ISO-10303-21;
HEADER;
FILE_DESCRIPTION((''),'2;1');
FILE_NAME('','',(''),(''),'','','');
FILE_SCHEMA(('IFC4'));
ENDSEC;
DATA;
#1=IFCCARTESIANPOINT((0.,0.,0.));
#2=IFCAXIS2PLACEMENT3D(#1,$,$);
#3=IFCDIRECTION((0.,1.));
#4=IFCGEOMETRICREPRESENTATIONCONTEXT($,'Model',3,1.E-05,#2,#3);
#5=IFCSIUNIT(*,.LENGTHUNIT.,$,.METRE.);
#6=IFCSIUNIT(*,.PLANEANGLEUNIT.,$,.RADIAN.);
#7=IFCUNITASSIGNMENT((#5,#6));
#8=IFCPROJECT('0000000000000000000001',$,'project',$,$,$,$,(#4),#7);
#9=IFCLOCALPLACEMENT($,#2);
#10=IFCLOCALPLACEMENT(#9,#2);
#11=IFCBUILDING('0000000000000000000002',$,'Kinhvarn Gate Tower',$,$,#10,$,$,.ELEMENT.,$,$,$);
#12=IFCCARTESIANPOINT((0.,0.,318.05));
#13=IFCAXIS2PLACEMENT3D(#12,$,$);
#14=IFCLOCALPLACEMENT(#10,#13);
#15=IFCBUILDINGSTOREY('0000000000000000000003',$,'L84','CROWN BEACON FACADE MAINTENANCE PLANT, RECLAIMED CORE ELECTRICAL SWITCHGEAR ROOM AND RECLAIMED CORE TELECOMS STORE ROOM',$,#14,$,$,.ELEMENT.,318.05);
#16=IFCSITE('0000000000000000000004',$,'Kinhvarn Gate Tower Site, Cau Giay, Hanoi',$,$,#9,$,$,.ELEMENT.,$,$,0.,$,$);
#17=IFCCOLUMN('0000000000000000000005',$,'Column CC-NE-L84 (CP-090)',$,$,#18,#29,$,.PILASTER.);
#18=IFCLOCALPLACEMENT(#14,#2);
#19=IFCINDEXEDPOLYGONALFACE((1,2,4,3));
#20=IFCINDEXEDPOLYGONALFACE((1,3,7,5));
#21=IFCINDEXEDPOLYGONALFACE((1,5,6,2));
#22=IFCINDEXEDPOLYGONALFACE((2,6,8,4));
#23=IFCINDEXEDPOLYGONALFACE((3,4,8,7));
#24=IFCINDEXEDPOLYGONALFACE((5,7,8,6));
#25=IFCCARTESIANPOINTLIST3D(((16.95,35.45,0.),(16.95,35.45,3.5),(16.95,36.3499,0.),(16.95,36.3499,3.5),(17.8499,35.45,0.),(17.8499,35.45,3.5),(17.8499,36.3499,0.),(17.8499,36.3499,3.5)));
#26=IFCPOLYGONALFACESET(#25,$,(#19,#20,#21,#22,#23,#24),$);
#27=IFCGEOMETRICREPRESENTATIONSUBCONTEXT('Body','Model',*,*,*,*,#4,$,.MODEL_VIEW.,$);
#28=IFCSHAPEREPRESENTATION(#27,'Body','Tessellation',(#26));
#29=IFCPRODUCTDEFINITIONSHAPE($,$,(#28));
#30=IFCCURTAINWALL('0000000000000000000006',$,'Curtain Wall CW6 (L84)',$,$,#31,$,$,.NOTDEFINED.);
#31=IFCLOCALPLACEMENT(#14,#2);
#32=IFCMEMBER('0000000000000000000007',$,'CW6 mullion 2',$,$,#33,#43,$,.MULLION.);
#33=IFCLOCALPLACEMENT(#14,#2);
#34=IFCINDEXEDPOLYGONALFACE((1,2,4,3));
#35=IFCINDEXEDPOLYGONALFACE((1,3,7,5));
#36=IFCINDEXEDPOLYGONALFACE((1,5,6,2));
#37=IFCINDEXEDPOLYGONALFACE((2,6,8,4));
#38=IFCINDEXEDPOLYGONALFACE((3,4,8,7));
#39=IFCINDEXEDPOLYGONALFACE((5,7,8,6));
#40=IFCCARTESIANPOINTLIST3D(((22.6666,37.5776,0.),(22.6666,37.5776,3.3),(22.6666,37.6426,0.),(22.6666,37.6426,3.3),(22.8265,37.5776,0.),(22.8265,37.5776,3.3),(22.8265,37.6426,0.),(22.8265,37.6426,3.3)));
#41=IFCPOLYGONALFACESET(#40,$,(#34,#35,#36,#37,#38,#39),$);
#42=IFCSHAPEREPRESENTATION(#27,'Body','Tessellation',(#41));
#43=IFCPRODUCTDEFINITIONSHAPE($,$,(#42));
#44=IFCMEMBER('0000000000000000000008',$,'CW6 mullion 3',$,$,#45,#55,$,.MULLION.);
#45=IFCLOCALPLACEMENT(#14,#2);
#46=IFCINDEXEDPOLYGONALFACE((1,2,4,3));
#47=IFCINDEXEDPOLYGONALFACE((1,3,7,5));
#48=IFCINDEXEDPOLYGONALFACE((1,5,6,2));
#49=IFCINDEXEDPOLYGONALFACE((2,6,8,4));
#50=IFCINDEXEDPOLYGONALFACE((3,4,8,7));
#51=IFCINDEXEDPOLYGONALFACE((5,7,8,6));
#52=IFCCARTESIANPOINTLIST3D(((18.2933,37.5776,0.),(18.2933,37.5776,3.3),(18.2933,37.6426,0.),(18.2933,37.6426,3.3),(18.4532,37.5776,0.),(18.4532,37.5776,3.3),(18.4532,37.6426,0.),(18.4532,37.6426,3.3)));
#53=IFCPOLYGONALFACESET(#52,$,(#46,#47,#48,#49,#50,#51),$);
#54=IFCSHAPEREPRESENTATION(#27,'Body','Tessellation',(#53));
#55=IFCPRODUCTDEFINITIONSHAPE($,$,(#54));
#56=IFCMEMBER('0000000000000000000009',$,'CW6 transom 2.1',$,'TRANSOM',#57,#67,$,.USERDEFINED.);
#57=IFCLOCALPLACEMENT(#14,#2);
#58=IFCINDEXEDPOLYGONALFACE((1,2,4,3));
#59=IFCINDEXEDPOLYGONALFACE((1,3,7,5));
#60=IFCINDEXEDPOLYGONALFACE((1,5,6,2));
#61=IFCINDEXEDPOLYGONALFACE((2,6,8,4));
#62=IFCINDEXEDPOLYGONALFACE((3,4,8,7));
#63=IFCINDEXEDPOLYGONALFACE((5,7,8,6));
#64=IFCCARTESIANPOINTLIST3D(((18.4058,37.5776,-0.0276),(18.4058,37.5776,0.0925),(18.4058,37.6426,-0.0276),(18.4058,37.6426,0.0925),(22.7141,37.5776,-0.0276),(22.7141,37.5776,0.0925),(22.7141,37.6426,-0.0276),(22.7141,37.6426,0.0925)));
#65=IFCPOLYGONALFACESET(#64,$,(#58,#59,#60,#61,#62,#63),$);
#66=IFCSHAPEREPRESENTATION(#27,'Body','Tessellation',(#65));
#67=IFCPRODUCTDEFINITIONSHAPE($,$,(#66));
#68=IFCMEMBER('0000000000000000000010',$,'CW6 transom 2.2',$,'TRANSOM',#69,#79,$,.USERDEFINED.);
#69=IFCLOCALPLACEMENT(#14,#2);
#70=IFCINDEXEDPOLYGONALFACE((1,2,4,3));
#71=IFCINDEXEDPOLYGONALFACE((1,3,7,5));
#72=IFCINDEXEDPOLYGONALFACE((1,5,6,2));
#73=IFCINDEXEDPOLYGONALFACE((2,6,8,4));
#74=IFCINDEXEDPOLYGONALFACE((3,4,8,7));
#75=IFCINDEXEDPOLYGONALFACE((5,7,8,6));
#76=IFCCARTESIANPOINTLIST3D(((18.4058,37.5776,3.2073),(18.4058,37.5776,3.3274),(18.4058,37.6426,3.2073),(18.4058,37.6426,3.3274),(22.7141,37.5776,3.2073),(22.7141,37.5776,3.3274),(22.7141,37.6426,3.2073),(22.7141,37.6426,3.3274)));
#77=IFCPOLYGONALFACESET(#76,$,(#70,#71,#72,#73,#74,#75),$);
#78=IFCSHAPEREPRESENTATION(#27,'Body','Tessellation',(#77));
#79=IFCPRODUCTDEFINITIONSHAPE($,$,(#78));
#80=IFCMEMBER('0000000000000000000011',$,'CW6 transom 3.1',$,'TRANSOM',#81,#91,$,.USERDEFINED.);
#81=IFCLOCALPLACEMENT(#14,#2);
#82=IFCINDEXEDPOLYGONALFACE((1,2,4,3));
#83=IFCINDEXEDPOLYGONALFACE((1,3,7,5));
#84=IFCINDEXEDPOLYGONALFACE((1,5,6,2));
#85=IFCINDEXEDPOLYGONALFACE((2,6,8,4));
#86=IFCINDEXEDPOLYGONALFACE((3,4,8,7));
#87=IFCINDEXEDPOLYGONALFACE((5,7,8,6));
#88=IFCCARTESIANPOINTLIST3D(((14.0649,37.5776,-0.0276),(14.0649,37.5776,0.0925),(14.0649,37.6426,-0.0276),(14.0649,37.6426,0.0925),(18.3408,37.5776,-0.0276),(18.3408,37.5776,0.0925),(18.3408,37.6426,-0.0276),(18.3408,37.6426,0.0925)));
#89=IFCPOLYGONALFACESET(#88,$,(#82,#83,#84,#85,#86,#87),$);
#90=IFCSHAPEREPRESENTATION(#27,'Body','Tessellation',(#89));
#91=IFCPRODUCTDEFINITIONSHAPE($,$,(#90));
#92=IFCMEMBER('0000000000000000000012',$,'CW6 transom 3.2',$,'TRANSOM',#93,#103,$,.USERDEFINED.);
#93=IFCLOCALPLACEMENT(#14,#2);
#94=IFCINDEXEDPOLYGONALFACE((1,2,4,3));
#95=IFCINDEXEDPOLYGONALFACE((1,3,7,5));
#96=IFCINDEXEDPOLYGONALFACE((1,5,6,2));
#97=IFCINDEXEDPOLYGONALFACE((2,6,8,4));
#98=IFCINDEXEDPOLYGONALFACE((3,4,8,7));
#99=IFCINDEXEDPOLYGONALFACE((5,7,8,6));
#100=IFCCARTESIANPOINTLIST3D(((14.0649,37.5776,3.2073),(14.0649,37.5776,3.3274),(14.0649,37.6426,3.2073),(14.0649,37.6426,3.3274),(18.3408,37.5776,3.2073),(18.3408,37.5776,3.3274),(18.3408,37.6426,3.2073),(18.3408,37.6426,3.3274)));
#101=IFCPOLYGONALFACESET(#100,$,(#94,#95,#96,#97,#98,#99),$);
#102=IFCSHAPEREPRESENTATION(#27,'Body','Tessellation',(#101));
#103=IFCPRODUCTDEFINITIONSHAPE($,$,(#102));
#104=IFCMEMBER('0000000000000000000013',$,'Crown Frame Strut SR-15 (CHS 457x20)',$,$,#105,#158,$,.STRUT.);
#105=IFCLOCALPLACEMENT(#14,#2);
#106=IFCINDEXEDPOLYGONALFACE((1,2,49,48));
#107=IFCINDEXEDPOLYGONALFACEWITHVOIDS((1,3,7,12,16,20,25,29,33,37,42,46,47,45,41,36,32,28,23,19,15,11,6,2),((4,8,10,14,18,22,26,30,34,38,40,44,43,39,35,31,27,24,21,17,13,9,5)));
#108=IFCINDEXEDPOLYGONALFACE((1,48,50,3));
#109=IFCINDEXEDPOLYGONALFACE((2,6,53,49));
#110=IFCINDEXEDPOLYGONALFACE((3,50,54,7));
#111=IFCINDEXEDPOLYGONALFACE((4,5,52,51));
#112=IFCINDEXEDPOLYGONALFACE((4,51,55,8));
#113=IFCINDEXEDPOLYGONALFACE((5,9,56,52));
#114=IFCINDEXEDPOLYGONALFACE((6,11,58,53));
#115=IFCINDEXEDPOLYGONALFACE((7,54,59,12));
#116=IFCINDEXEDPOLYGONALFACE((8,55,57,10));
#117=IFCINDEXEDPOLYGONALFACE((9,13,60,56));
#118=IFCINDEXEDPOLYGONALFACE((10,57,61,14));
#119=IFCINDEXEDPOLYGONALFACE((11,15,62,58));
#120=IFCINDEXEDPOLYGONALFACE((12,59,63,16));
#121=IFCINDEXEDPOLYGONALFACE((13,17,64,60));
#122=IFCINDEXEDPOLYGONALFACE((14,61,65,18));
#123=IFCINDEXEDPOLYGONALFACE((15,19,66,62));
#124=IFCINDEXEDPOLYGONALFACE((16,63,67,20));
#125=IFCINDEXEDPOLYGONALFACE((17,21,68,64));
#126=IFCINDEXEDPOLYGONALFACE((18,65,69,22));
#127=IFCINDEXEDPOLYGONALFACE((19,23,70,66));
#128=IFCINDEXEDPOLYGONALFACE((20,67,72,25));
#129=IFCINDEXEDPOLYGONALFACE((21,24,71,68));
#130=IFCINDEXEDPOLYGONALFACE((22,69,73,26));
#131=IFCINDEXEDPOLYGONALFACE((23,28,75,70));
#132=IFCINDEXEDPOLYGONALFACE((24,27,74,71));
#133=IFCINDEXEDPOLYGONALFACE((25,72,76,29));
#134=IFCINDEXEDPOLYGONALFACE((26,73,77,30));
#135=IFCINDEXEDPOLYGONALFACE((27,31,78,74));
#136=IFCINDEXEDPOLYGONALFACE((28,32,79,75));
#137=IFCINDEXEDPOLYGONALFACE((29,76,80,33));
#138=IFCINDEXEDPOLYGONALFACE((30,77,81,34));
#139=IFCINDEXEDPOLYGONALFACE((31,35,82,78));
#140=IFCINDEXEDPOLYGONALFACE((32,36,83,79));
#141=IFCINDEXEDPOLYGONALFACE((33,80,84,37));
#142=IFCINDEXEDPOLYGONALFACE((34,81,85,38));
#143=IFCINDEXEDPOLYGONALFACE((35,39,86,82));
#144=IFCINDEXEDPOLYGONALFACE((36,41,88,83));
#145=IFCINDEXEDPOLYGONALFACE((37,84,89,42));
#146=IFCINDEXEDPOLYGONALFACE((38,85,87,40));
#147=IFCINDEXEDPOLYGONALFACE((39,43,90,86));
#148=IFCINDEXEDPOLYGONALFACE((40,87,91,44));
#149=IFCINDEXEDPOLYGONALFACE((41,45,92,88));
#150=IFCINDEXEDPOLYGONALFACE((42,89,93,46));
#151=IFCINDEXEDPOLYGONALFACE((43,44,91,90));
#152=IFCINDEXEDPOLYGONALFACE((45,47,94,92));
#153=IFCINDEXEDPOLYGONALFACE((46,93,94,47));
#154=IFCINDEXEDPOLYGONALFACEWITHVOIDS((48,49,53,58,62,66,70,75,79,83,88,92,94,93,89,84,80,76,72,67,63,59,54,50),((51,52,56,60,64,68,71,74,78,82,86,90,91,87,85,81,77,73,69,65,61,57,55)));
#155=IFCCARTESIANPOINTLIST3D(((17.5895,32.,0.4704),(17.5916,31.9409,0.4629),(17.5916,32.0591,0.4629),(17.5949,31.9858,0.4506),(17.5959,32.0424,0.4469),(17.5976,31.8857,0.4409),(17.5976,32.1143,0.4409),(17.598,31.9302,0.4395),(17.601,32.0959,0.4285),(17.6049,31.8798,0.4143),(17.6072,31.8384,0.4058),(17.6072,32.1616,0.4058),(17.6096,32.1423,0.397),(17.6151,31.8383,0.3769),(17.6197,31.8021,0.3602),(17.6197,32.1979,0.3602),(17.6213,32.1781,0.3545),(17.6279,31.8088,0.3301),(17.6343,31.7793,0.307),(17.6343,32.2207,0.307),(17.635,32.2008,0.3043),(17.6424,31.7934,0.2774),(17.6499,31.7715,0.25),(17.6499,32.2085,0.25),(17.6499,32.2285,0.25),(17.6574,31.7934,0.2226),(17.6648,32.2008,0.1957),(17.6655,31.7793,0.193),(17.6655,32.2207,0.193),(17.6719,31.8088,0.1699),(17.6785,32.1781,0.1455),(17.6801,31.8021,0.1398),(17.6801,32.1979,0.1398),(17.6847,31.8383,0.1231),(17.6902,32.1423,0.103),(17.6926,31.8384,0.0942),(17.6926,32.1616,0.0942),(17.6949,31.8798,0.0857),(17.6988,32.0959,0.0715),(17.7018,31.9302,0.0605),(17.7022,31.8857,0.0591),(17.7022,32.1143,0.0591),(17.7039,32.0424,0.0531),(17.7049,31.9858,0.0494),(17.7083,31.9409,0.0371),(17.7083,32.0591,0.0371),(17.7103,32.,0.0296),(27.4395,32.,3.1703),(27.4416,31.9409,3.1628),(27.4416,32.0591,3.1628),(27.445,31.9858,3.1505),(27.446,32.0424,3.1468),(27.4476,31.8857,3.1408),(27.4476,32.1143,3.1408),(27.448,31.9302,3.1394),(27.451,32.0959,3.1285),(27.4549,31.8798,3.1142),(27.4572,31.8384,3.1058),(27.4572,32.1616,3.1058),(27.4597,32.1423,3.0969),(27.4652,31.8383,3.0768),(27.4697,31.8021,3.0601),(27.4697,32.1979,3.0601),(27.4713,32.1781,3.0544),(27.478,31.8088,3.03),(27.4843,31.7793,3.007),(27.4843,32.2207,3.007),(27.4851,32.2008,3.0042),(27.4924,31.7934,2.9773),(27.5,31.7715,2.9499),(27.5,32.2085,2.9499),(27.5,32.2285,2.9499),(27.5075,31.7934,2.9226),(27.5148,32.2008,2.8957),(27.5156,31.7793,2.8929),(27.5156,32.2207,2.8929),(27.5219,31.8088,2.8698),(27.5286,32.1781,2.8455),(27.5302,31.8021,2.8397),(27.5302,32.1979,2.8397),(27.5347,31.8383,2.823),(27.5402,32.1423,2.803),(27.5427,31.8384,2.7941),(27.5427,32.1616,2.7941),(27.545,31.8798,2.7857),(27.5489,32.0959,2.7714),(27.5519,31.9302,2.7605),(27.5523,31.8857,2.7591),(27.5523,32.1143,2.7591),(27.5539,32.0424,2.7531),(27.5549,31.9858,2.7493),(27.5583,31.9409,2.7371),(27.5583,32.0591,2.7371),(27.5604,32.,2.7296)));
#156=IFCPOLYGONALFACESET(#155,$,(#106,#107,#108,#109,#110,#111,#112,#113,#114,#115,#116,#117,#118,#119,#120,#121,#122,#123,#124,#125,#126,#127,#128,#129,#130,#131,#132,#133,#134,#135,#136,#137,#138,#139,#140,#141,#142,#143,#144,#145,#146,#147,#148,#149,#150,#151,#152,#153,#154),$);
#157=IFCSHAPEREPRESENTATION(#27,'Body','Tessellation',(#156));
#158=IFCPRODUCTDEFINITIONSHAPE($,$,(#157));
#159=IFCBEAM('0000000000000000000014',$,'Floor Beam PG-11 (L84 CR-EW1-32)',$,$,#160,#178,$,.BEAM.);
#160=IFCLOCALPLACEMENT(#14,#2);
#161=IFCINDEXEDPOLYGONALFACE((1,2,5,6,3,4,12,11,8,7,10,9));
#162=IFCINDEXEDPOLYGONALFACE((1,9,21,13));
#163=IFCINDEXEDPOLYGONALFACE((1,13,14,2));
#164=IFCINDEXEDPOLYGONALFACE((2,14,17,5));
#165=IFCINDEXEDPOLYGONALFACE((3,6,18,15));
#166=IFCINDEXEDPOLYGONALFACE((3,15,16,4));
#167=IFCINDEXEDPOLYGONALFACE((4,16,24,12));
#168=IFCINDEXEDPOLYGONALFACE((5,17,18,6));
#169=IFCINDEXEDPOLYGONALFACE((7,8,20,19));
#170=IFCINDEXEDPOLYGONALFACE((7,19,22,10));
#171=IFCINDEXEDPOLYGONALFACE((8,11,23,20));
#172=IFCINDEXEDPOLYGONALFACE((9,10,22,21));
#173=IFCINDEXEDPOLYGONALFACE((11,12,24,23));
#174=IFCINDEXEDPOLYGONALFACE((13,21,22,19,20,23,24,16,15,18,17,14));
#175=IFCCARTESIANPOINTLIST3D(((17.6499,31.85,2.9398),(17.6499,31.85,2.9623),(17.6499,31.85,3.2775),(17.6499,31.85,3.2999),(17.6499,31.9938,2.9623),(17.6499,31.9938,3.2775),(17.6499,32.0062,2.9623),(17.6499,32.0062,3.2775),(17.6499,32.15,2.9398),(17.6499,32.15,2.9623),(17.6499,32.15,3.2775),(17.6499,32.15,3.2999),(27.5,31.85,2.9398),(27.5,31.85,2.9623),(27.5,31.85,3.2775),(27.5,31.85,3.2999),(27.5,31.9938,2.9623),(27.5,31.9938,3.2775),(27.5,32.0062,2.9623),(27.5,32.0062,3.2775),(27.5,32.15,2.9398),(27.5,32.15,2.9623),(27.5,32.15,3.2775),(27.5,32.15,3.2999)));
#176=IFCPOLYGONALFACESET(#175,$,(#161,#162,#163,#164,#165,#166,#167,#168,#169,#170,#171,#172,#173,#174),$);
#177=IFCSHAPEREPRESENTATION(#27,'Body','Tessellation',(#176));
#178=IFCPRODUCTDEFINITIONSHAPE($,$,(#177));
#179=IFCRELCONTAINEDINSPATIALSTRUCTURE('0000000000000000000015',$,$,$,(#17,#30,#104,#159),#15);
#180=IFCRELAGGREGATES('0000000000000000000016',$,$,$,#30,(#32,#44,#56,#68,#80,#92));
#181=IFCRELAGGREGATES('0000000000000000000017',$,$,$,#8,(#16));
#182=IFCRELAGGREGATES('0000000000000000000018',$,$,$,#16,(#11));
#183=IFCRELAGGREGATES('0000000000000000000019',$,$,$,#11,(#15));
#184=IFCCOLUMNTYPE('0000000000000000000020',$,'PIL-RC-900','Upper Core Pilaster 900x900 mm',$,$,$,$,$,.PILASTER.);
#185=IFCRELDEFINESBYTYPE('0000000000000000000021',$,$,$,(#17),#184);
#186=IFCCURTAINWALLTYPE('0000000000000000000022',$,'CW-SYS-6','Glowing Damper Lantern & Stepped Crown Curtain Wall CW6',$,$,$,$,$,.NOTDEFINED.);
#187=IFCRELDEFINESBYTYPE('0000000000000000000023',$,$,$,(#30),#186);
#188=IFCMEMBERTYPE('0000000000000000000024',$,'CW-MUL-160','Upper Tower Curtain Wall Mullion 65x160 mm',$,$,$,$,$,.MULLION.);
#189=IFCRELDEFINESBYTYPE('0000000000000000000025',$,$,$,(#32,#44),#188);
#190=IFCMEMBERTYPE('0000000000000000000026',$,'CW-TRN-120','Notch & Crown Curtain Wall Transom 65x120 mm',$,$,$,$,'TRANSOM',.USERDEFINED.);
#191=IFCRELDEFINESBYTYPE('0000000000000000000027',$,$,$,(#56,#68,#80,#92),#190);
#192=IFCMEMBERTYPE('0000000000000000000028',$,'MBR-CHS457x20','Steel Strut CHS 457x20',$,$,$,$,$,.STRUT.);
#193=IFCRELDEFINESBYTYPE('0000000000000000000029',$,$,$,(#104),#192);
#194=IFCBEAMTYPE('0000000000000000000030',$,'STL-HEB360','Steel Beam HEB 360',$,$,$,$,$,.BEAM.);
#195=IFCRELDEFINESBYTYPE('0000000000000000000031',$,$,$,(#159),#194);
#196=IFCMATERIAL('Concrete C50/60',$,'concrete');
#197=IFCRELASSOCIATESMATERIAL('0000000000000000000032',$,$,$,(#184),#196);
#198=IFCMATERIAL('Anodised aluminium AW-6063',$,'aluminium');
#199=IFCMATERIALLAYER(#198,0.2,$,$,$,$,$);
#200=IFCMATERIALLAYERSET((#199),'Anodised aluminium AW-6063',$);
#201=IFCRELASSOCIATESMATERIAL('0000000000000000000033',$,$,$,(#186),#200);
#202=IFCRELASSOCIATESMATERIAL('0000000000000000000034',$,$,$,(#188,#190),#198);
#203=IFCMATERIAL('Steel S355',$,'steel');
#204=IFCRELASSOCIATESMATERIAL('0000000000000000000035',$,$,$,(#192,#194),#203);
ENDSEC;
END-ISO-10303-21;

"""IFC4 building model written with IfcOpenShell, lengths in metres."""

from ifc_helpers import new_model, si_unit, direction, frame, origin, origin_2d, place, context, subcontext, project, spatial, rectangle, hollow_circle, i_section, extrude, material, layer, layer_set, material_profile, profile_set, type_object, element, aggregate, save


model = new_model("IFC4")

# Units and contexts
model_context = context("Model", 3, precision=1e-05, world=origin(), true_north=direction((0.0, 1.0)))
body_context = subcontext(model_context, "Body", "Model", "MODEL_VIEW")
ifc_project = project(units=[si_unit("LENGTHUNIT", "METRE"), si_unit("PLANEANGLEUNIT", "RADIAN")], contexts=[model_context])

# Site, building, storey
site_placement = place(None, origin())
site = spatial("IfcSite", under=ifc_project, at=site_placement, Name="Kinhvarn Gate Tower Site, Cau Giay, Hanoi", CompositionType="ELEMENT", RefElevation=0.0)
building_placement = place(site_placement, origin())
building = spatial("IfcBuilding", under=site, at=building_placement, Name="Kinhvarn Gate Tower", CompositionType="ELEMENT")
storey_placement = place(building_placement, frame((0.0, 0.0, 318.05)))
storey = spatial("IfcBuildingStorey", under=building, at=storey_placement, Name="L84", Description="CROWN BEACON FACADE MAINTENANCE PLANT, RECLAIMED CORE ELECTRICAL SWITCHGEAR ROOM AND RECLAIMED CORE TELECOMS STORE ROOM", CompositionType="ELEMENT", Elevation=318.05)

# Column
ifc_material_1 = material(Name="Concrete C50/60", Category="concrete")
ifc_material_profile_1 = material_profile(ifc_material_1, rectangle(XDim=0.8999, YDim=0.8999, at=origin_2d()), Name="RC 900x900")
ifc_profile_set_1 = profile_set([ifc_material_profile_1], Name="Concrete C50/60")
column_type = type_object("IfcColumnType", Name="PIL-RC-900", Description="Upper Core Pilaster 900x900 mm", PredefinedType="PILASTER", material=ifc_profile_set_1)
column_placement = place(storey_placement, frame((17.3999, 35.8999, 0.0), z_axis=(0.0, 0.0, 1.0), x_axis=(1.0, 0.0, 0.0)))
element("IfcColumn", 1, at=column_placement, inside=storey, type_object=column_type, Name="Column CC-NE-L84 (CP-090)", PredefinedType="PILASTER", context=body_context, shape_type="SweptSolid", body=[
    extrude(rectangle(XDim=0.8999, YDim=0.8999, at=origin_2d()), origin(), (0.0, 0.0, 1.0), 3.5),
])

# Curtain wall, members
ifc_material_2 = material(Name="Anodised aluminium AW-6063", Category="aluminium")
ifc_layer_1 = layer(ifc_material_2, 0.2)
ifc_layer_set_1 = layer_set([ifc_layer_1], Name="Anodised aluminium AW-6063")
curtain_wall_type = type_object("IfcCurtainWallType", Name="CW-SYS-6", Description="Glowing Damper Lantern & Stepped Crown Curtain Wall CW6", PredefinedType="NOTDEFINED", material=ifc_layer_set_1)
curtain_wall_placement = place(storey_placement, origin())
curtain_wall = element("IfcCurtainWall", 2, at=curtain_wall_placement, inside=storey, type_object=curtain_wall_type, Name="Curtain Wall CW6 (L84)", PredefinedType="NOTDEFINED")
ifc_material_profile_2 = material_profile(ifc_material_2, rectangle(XDim=0.0649, YDim=0.1599, at=origin_2d()), Name="ALU 65x160")
ifc_profile_set_2 = profile_set([ifc_material_profile_2], Name="Anodised aluminium AW-6063")
member_type_1 = type_object("IfcMemberType", Name="CW-MUL-160", Description="Upper Tower Curtain Wall Mullion 65x160 mm", PredefinedType="MULLION", material=ifc_profile_set_2)
member_1_placement = place(storey_placement, frame((22.7466, 37.6101, 0.0), z_axis=(0.0, 0.0, 1.0), x_axis=(0.0, -1.0, 0.0)))
member_1 = element("IfcMember", 3, at=member_1_placement, type_object=member_type_1, Name="CW6 mullion 2", PredefinedType="MULLION", context=body_context, shape_type="SweptSolid", body=[
    extrude(rectangle(XDim=0.0649, YDim=0.1599, at=origin_2d()), origin(), (0.0, 0.0, 1.0), 3.3),
])
member_2_placement = place(storey_placement, frame((18.3733, 37.6101, 0.0), z_axis=(0.0, 0.0, 1.0), x_axis=(0.0, -1.0, 0.0)))
member_2 = element("IfcMember", 4, at=member_2_placement, type_object=member_type_1, Name="CW6 mullion 3", PredefinedType="MULLION", context=body_context, shape_type="SweptSolid", body=[
    extrude(rectangle(XDim=0.0649, YDim=0.1599, at=origin_2d()), origin(), (0.0, 0.0, 1.0), 3.3),
])
ifc_material_profile_3 = material_profile(ifc_material_2, rectangle(XDim=0.0649, YDim=0.1201, at=origin_2d()), Name="ALU 65x120")
ifc_profile_set_3 = profile_set([ifc_material_profile_3], Name="Anodised aluminium AW-6063")
member_type_2 = type_object("IfcMemberType", Name="CW-TRN-120", Description="Notch & Crown Curtain Wall Transom 65x120 mm", ElementType="TRANSOM", PredefinedType="USERDEFINED", material=ifc_profile_set_3)
member_3_placement = place(storey_placement, frame((22.7141, 37.6101, 0.0325), z_axis=(-1.0, 0.0, 0.0), x_axis=(0.0, -1.0, 0.0)))
member_3 = element("IfcMember", 5, at=member_3_placement, type_object=member_type_2, Name="CW6 transom 2.1", ObjectType="TRANSOM", PredefinedType="USERDEFINED", context=body_context, shape_type="SweptSolid", body=[
    extrude(rectangle(XDim=0.0649, YDim=0.1201, at=origin_2d()), origin(), (0.0, 0.0, 1.0), 4.3083),
])
member_4_placement = place(storey_placement, frame((22.7141, 37.6101, 3.2673), z_axis=(-1.0, 0.0, 0.0), x_axis=(0.0, -1.0, 0.0)))
member_4 = element("IfcMember", 6, at=member_4_placement, type_object=member_type_2, Name="CW6 transom 2.2", ObjectType="TRANSOM", PredefinedType="USERDEFINED", context=body_context, shape_type="SweptSolid", body=[
    extrude(rectangle(XDim=0.0649, YDim=0.1201, at=origin_2d()), origin(), (0.0, 0.0, 1.0), 4.3083),
])
member_5_placement = place(storey_placement, frame((18.3408, 37.6101, 0.0325), z_axis=(-1.0, 0.0, 0.0), x_axis=(0.0, -1.0, 0.0)))
member_5 = element("IfcMember", 7, at=member_5_placement, type_object=member_type_2, Name="CW6 transom 3.1", ObjectType="TRANSOM", PredefinedType="USERDEFINED", context=body_context, shape_type="SweptSolid", body=[
    extrude(rectangle(XDim=0.0649, YDim=0.1201, at=origin_2d()), origin(), (0.0, 0.0, 1.0), 4.2759),
])
member_6_placement = place(storey_placement, frame((18.3408, 37.6101, 3.2673), z_axis=(-1.0, 0.0, 0.0), x_axis=(0.0, -1.0, 0.0)))
member_6 = element("IfcMember", 8, at=member_6_placement, type_object=member_type_2, Name="CW6 transom 3.2", ObjectType="TRANSOM", PredefinedType="USERDEFINED", context=body_context, shape_type="SweptSolid", body=[
    extrude(rectangle(XDim=0.0649, YDim=0.1201, at=origin_2d()), origin(), (0.0, 0.0, 1.0), 4.2759),
])

# Member
ifc_material_3 = material(Name="Steel S355", Category="steel")
ifc_material_profile_4 = material_profile(ifc_material_3, hollow_circle(Radius=0.2285, WallThickness=0.02, at=origin_2d()), Name="CHS 457x20")
ifc_profile_set_4 = profile_set([ifc_material_profile_4], Name="Steel S355")
member_type_3 = type_object("IfcMemberType", Name="MBR-CHS457x20", Description="Steel Strut CHS 457x20", PredefinedType="STRUT", material=ifc_profile_set_4)
member_7_placement = place(storey_placement, frame((17.6499, 32.0, 0.25), z_axis=(0.964426, 0.0, 0.264353), x_axis=(0.0, 1.0, 0.0)))
element("IfcMember", 9, at=member_7_placement, inside=storey, type_object=member_type_3, Name="Crown Frame Strut SR-15 (CHS 457x20)", PredefinedType="STRUT", context=body_context, shape_type="SweptSolid", body=[
    extrude(hollow_circle(Radius=0.2285, WallThickness=0.02, at=origin_2d()), origin(), (0.0, 0.0, 1.0), 10.2134),
])

# Beam
ifc_material_profile_5 = material_profile(ifc_material_3, i_section(OverallWidth=0.3, OverallDepth=0.3601, WebThickness=0.0125, FlangeThickness=0.0225, at=origin_2d()), Name="HEB 360")
ifc_profile_set_5 = profile_set([ifc_material_profile_5], Name="Steel S355")
beam_type = type_object("IfcBeamType", Name="STL-HEB360", Description="Steel Beam HEB 360", PredefinedType="BEAM", material=ifc_profile_set_5)
beam_placement = place(storey_placement, frame((17.6499, 32.0, 3.1199), z_axis=(1.0, 0.0, 0.0), x_axis=(0.0, 1.0, 0.0)))
element("IfcBeam", 10, at=beam_placement, inside=storey, type_object=beam_type, Name="Floor Beam PG-11 (L84 CR-EW1-32)", PredefinedType="BEAM", context=body_context, shape_type="SweptSolid", body=[
    extrude(i_section(OverallWidth=0.3, OverallDepth=0.3601, WebThickness=0.0125, FlangeThickness=0.0225, at=origin_2d()), origin(), (0.0, 0.0, 1.0), 9.8501),
])

aggregate(curtain_wall, [member_1, member_2, member_3, member_4, member_5, member_6])

save(model, "model.ifc")
